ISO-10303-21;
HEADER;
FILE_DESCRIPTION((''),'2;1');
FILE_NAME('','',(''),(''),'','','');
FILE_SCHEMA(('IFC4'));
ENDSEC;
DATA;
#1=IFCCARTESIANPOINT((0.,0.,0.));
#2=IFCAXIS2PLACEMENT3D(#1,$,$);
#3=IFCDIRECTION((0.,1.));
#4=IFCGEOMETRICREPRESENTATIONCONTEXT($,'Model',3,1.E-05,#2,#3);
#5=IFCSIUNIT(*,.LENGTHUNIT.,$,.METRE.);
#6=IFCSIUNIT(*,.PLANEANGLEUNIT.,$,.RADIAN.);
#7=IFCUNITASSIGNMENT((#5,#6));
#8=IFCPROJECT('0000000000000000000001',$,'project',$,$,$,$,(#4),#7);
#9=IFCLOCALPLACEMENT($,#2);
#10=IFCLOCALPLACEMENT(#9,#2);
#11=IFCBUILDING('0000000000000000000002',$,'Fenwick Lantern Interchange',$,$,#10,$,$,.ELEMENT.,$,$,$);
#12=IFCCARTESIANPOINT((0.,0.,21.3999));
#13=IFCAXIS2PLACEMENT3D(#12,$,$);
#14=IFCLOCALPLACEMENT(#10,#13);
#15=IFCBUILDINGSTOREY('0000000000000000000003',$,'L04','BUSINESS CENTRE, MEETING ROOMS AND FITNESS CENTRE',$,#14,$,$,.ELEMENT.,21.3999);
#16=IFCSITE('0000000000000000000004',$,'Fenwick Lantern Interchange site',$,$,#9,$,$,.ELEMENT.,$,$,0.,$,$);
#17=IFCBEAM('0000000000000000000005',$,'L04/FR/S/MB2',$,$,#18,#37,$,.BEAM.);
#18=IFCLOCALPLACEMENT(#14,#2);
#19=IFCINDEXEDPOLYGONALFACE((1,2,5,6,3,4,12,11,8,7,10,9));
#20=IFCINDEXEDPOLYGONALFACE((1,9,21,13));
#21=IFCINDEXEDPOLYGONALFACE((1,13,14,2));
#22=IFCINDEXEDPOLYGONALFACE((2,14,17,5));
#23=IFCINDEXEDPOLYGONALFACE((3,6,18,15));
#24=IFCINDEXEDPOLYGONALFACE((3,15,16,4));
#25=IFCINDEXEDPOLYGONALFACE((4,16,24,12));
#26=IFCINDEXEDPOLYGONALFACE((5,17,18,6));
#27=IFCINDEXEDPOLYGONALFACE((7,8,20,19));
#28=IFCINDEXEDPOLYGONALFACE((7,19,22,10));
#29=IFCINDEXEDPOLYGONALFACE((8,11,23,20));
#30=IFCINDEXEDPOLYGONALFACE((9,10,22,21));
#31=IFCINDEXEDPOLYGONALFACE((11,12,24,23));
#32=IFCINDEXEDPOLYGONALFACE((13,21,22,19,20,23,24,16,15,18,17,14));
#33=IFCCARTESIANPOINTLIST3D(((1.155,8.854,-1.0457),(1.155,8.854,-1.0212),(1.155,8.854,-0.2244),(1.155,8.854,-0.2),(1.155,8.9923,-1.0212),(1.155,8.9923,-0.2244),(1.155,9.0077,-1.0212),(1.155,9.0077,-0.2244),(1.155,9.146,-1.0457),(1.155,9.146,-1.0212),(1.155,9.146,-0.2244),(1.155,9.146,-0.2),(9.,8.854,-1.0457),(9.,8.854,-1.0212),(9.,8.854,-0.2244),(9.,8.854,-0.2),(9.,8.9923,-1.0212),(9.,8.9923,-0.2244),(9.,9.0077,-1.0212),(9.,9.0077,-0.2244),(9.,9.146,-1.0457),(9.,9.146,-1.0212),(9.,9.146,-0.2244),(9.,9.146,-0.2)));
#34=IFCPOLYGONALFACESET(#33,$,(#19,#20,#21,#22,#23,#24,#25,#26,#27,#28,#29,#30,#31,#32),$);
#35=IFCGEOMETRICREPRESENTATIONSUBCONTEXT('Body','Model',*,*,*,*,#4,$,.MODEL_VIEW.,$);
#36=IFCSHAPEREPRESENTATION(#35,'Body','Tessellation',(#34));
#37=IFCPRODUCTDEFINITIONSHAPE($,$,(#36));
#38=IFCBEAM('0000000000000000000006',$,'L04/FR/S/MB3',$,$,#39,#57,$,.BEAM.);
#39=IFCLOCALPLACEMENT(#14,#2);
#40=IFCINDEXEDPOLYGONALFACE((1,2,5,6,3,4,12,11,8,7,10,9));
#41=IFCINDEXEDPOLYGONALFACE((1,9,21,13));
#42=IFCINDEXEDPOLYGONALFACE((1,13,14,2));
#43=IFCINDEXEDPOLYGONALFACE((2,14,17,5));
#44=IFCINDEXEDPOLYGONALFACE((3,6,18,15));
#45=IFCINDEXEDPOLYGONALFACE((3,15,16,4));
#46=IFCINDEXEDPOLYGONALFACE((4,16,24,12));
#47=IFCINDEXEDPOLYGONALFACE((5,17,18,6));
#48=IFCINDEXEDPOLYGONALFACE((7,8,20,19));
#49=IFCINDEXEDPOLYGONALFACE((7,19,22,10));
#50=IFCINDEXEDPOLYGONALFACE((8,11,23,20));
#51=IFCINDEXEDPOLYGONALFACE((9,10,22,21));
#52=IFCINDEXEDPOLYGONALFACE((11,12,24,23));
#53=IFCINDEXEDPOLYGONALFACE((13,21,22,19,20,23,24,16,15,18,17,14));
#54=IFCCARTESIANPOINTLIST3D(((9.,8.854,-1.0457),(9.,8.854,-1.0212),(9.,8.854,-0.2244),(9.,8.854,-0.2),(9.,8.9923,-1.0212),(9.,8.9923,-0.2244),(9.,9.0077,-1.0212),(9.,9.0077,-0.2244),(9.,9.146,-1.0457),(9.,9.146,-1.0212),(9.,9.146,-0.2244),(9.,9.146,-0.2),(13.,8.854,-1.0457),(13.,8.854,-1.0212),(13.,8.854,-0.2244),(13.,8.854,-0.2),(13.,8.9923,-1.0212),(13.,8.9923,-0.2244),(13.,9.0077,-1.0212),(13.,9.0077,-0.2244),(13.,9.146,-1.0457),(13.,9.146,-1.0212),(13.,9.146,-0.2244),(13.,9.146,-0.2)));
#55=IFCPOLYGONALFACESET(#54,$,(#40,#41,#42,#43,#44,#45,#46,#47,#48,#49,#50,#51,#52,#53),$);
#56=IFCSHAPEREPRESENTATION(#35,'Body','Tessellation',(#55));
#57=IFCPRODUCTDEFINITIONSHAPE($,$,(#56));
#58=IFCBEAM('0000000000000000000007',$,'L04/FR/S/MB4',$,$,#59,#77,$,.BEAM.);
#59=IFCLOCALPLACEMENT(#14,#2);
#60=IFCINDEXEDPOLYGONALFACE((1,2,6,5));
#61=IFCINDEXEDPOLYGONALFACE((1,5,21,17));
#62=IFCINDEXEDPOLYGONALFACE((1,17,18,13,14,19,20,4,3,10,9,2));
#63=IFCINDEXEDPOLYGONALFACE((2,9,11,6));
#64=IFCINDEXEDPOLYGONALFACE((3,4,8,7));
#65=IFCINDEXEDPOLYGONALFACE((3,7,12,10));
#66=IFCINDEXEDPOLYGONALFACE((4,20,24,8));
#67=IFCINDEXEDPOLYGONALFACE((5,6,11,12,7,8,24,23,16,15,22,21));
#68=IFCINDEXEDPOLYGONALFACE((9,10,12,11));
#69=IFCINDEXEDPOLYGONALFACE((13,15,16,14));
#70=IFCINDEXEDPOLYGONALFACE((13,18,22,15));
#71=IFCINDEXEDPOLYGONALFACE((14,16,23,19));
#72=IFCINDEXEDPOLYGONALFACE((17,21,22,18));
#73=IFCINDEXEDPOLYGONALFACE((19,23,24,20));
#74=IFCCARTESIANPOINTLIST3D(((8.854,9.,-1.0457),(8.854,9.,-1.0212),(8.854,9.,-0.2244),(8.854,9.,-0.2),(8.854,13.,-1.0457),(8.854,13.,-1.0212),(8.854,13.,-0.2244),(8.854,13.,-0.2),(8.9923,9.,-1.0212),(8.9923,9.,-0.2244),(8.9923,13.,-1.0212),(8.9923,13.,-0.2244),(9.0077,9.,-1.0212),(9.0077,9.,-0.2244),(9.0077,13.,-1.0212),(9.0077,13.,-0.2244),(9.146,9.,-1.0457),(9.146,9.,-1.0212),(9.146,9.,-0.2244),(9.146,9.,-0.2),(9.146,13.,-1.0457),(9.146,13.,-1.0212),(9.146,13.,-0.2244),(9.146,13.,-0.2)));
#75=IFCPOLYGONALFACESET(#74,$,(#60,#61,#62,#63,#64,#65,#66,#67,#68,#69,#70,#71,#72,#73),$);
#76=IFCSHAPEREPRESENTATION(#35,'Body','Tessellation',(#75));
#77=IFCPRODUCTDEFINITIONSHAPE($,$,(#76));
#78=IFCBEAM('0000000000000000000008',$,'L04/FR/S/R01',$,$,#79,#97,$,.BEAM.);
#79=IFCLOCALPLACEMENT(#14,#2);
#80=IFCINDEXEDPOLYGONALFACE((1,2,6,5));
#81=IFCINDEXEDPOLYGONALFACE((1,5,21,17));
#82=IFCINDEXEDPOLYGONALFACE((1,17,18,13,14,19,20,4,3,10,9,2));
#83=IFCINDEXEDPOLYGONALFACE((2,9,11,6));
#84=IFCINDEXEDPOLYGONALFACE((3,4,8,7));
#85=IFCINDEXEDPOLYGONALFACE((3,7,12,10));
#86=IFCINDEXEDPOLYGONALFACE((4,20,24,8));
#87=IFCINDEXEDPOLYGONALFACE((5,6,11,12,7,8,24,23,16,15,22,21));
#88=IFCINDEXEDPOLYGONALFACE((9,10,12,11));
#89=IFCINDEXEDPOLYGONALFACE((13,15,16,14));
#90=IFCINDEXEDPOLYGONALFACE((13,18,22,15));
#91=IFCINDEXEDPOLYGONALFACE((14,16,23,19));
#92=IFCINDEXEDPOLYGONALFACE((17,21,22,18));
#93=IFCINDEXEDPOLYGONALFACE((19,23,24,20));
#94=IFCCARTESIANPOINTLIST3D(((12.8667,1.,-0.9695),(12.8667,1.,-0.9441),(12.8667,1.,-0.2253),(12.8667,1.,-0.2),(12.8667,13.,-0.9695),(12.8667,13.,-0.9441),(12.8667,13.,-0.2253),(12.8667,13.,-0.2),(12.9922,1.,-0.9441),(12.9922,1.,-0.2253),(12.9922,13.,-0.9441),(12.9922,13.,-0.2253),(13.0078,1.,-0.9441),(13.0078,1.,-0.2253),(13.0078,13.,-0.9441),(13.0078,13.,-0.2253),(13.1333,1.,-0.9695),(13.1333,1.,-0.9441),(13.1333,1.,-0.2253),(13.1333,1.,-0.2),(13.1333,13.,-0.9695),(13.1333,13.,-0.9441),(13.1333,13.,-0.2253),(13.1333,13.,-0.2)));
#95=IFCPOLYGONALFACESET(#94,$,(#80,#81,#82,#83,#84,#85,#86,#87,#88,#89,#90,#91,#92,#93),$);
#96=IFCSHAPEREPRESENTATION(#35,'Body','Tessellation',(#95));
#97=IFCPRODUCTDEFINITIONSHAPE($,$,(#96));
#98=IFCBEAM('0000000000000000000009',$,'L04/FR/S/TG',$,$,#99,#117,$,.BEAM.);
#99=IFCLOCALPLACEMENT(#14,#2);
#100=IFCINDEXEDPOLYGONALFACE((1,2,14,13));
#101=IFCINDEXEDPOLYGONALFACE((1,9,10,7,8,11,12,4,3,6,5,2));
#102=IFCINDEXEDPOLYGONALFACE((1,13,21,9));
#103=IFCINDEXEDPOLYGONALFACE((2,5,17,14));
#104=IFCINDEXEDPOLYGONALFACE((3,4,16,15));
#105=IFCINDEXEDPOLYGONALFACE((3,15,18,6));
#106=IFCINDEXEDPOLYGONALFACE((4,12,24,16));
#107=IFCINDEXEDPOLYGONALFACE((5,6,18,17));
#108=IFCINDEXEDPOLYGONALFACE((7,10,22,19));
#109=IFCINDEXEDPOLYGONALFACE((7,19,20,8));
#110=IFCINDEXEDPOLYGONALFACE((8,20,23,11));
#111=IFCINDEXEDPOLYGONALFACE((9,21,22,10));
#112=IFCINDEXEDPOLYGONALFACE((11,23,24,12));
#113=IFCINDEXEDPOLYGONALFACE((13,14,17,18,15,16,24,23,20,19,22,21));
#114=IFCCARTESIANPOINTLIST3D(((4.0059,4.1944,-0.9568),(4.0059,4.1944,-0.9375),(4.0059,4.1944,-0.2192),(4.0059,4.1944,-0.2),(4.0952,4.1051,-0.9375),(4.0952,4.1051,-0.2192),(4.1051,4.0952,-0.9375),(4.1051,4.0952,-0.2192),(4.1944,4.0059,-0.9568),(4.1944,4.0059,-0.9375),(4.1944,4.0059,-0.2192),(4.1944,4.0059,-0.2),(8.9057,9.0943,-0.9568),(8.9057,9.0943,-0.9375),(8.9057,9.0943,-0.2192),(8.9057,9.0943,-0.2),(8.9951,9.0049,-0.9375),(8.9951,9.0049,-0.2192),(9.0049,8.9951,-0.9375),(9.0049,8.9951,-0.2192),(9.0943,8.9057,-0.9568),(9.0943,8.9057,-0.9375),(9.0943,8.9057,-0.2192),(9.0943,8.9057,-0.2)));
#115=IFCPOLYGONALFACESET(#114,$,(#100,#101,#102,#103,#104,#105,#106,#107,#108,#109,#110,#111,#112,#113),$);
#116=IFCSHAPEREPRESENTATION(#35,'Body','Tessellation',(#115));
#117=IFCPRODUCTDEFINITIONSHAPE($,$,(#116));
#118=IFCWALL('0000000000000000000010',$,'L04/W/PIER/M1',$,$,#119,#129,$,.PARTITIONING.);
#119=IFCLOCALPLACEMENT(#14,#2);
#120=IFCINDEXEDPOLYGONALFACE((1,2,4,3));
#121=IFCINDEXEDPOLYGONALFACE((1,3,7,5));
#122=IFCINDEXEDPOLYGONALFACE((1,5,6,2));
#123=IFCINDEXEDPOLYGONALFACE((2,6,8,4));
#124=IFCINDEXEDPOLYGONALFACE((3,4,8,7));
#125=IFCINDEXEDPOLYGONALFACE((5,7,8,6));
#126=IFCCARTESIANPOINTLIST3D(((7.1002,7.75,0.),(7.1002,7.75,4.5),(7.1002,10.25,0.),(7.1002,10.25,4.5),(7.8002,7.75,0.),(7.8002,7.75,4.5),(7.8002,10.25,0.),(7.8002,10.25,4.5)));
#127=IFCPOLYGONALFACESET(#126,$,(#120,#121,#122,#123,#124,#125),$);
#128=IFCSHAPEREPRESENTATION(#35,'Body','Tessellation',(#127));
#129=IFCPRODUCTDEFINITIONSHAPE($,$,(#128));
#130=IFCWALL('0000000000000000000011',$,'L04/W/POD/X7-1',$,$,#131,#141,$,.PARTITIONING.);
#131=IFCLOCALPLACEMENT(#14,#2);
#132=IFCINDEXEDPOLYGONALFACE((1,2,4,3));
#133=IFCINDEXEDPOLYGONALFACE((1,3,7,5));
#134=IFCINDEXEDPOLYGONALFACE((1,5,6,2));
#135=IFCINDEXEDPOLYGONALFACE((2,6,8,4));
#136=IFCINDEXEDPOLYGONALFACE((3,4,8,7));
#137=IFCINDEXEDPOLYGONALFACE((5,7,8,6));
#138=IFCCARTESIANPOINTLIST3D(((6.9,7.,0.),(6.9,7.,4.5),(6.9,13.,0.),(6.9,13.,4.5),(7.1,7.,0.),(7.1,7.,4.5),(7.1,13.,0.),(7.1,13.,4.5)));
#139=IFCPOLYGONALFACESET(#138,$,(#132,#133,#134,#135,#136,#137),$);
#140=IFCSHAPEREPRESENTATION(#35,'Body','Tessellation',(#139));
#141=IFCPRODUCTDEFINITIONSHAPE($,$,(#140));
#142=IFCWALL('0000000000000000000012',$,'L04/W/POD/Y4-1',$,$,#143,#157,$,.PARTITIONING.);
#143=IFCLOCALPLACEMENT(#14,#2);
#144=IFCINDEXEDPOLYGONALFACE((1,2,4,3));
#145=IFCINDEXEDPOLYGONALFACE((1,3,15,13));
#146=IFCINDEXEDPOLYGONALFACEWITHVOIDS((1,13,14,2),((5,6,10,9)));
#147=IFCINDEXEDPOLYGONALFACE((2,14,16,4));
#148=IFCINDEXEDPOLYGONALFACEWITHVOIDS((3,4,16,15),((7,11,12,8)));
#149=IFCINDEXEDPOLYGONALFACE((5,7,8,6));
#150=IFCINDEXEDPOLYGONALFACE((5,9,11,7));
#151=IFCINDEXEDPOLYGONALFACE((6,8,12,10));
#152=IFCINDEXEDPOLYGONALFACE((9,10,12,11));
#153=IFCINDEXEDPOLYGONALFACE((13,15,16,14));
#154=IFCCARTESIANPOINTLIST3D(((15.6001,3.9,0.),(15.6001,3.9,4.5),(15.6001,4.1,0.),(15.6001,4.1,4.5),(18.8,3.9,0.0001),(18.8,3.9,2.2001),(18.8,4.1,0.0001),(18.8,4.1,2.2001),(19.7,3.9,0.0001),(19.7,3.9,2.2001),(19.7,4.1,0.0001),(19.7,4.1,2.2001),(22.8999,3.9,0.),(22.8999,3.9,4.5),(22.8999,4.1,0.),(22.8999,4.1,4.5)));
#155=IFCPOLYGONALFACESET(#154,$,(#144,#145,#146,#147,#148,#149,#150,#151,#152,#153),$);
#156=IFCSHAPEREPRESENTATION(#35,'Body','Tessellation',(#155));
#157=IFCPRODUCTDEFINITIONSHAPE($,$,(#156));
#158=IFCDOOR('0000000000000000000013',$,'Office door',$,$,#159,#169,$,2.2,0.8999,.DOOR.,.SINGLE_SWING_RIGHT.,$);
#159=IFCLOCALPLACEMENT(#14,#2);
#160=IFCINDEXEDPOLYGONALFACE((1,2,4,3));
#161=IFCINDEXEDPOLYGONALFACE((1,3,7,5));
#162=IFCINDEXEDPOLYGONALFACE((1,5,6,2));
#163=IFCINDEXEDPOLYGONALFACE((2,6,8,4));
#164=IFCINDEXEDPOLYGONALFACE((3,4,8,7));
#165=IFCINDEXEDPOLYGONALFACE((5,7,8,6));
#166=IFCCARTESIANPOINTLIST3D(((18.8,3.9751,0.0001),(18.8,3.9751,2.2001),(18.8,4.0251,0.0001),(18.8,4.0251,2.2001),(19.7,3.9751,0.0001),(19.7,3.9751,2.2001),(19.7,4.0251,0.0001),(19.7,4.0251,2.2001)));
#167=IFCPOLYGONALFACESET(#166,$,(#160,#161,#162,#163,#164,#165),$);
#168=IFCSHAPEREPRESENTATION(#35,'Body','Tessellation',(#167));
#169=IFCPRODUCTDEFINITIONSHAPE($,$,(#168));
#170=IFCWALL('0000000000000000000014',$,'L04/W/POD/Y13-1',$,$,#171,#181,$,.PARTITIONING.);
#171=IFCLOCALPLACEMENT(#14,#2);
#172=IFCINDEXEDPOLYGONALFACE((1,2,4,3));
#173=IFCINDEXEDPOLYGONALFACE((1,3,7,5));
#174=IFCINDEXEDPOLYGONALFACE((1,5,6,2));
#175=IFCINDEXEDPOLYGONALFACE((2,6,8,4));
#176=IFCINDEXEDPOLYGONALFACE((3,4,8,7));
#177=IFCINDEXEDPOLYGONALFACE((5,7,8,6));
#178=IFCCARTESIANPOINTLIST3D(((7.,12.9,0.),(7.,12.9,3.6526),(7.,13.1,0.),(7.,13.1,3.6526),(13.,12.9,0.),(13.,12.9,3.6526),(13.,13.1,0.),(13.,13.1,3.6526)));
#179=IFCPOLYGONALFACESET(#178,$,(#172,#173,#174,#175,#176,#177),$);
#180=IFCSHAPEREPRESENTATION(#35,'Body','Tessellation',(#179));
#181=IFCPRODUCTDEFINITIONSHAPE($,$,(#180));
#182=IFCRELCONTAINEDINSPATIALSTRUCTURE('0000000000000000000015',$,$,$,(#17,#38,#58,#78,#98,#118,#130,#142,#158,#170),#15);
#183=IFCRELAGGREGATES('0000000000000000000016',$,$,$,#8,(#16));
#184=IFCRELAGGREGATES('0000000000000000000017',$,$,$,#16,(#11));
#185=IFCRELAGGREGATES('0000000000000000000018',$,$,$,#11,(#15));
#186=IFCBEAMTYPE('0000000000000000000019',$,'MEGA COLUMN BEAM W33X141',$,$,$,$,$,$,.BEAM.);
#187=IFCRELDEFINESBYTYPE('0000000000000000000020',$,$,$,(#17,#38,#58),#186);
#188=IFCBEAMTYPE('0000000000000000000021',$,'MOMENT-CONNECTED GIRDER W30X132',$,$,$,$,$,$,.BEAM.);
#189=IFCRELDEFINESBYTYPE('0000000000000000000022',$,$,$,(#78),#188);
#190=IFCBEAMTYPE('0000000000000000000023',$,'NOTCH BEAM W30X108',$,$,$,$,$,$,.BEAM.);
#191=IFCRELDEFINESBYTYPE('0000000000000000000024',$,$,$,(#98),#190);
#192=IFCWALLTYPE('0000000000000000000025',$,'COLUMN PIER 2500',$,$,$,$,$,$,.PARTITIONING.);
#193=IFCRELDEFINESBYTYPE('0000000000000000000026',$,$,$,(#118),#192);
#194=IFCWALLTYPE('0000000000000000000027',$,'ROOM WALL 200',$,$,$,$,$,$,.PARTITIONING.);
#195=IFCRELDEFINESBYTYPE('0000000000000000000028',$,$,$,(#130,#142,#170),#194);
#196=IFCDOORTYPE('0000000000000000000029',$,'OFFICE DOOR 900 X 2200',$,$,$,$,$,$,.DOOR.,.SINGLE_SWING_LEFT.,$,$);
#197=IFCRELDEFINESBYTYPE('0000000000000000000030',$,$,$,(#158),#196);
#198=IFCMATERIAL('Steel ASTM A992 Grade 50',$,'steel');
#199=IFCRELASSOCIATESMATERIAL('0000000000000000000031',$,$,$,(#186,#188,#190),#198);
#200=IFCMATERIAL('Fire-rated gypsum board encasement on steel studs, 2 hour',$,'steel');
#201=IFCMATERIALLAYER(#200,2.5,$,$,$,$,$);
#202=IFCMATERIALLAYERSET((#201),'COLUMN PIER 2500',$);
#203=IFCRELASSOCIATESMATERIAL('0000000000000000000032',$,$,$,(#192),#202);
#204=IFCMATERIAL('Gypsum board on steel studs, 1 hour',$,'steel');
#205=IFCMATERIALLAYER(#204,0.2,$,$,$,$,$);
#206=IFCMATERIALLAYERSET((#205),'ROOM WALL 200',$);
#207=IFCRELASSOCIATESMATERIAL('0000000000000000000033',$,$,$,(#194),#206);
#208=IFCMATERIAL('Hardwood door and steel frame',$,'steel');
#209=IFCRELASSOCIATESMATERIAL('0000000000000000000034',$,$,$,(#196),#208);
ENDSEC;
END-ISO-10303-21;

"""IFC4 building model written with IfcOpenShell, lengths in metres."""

from ifc_helpers import new_model, si_unit, direction, frame, frame_2d, origin, origin_2d, place, context, subcontext, project, spatial, rectangle, i_section, extrude, material, layer, layer_set, material_profile, profile_set, type_object, element, fill, save


model = new_model("IFC4")

# Units and contexts
model_context = context("Model", 3, precision=1e-05, world=origin(), true_north=direction((0.0, 1.0)))
body_context = subcontext(model_context, "Body", "Model", "MODEL_VIEW")
ifc_project = project(units=[si_unit("LENGTHUNIT", "METRE"), si_unit("PLANEANGLEUNIT", "RADIAN")], contexts=[model_context])

# Site, building, storey
site_placement = place(None, origin())
site = spatial("IfcSite", under=ifc_project, at=site_placement, Name="Fenwick Lantern Interchange site", CompositionType="ELEMENT", RefElevation=0.0)
building_placement = place(site_placement, origin())
building = spatial("IfcBuilding", under=site, at=building_placement, Name="Fenwick Lantern Interchange", CompositionType="ELEMENT")
storey_placement = place(building_placement, frame((0.0, 0.0, 21.3999)))
storey = spatial("IfcBuildingStorey", under=building, at=storey_placement, Name="L04", Description="BUSINESS CENTRE, MEETING ROOMS AND FITNESS CENTRE", CompositionType="ELEMENT", Elevation=21.3999)

# Beams
ifc_material_1 = material(Name="Steel ASTM A992 Grade 50", Category="steel")
ifc_material_profile_1 = material_profile(ifc_material_1, i_section(OverallWidth=0.292, OverallDepth=0.8457, WebThickness=0.0154, FlangeThickness=0.0244, at=origin_2d()), Name="W33X141")
ifc_profile_set_1 = profile_set([ifc_material_profile_1], Name="Steel ASTM A992 Grade 50")
beam_type_1 = type_object("IfcBeamType", Name="MEGA COLUMN BEAM W33X141", PredefinedType="BEAM", material=ifc_profile_set_1)
for number, where, z_axis, x_axis, name in (
    (1, (9.0, 9.0, -0.6228), (-1.0, 0.0, 0.0), (0.0, -1.0, 0.0), "L04/FR/S/MB2"),
):
    element("IfcBeam", number, at=place(storey_placement, frame(where, z_axis=z_axis, x_axis=x_axis)), inside=storey, type_object=beam_type_1, Name=name, PredefinedType="BEAM", context=body_context, shape_type="SweptSolid", body=[
        extrude(i_section(OverallWidth=0.292, OverallDepth=0.8457, WebThickness=0.0154, FlangeThickness=0.0244, at=origin_2d()), origin(), (0.0, 0.0, 1.0), 7.845),
    ])
for number, where, z_axis, x_axis, name in (
    (2, (9.0, 9.0, -0.6228), (1.0, 0.0, 0.0), (0.0, 1.0, 0.0), "L04/FR/S/MB3"),
    (3, (9.0, 9.0, -0.6228), (0.0, 1.0, 0.0), (-1.0, 0.0, 0.0), "L04/FR/S/MB4"),
):
    element("IfcBeam", number, at=place(storey_placement, frame(where, z_axis=z_axis, x_axis=x_axis)), inside=storey, type_object=beam_type_1, Name=name, PredefinedType="BEAM", context=body_context, shape_type="SweptSolid", body=[
        extrude(i_section(OverallWidth=0.292, OverallDepth=0.8457, WebThickness=0.0154, FlangeThickness=0.0244, at=origin_2d()), origin(), (0.0, 0.0, 1.0), 4.0),
    ])
ifc_material_profile_2 = material_profile(ifc_material_1, i_section(OverallWidth=0.2666, OverallDepth=0.7695, WebThickness=0.0156, FlangeThickness=0.0254, at=origin_2d()), Name="W30X132")
ifc_profile_set_2 = profile_set([ifc_material_profile_2], Name="Steel ASTM A992 Grade 50")
beam_type_2 = type_object("IfcBeamType", Name="MOMENT-CONNECTED GIRDER W30X132", PredefinedType="BEAM", material=ifc_profile_set_2)
beam_1_placement = place(storey_placement, frame((13.0, 1.0, -0.5847), z_axis=(0.0, 1.0, 0.0), x_axis=(-1.0, 0.0, 0.0)))
element("IfcBeam", 4, at=beam_1_placement, inside=storey, type_object=beam_type_2, Name="L04/FR/S/R01", PredefinedType="BEAM", context=body_context, shape_type="SweptSolid", body=[
    extrude(i_section(OverallWidth=0.2666, OverallDepth=0.7695, WebThickness=0.0156, FlangeThickness=0.0254, at=origin_2d()), origin(), (0.0, 0.0, 1.0), 12.0),
])
ifc_material_profile_3 = material_profile(ifc_material_1, i_section(OverallWidth=0.2666, OverallDepth=0.7568, WebThickness=0.0139, FlangeThickness=0.0193, at=origin_2d()), Name="W30X108")
ifc_profile_set_3 = profile_set([ifc_material_profile_3], Name="Steel ASTM A992 Grade 50")
beam_type_3 = type_object("IfcBeamType", Name="NOTCH BEAM W30X108", PredefinedType="BEAM", material=ifc_profile_set_3)
beam_2_placement = place(storey_placement, frame((9.0, 9.0, -0.5784), z_axis=(-0.707107, -0.707107, 0.0), x_axis=(0.707107, -0.707107, 0.0)))
element("IfcBeam", 5, at=beam_2_placement, inside=storey, type_object=beam_type_3, Name="L04/FR/S/TG", PredefinedType="BEAM", context=body_context, shape_type="SweptSolid", body=[
    extrude(i_section(OverallWidth=0.2666, OverallDepth=0.7568, WebThickness=0.0139, FlangeThickness=0.0193, at=origin_2d()), origin(), (0.0, 0.0, 1.0), 6.9294),
])

# Wall
ifc_material_2 = material(Name="Fire-rated gypsum board encasement on steel studs, 2 hour", Category="steel")
ifc_layer_1 = layer(ifc_material_2, 2.5)
ifc_layer_set_1 = layer_set([ifc_layer_1], Name="COLUMN PIER 2500")
wall_type_1 = type_object("IfcWallType", Name="COLUMN PIER 2500", PredefinedType="PARTITIONING", material=ifc_layer_set_1)
wall_1_placement = place(storey_placement, frame((7.1001, 9.0, 0.0), z_axis=(0.0, 0.0, 1.0), x_axis=(1.0, 0.0, 0.0)))
element("IfcWall", 6, at=wall_1_placement, inside=storey, type_object=wall_type_1, Name="L04/W/PIER/M1", PredefinedType="PARTITIONING", context=body_context, shape_type="SweptSolid", body=[
    extrude(rectangle(XDim=0.7, YDim=2.5, at=frame_2d((0.3501, 0.0))), origin(), (0.0, 0.0, 1.0), 4.5),
])

# Shared definitions
ifc_material_3 = material(Name="Hardwood door and steel frame", Category="steel")

# Wall
ifc_material_4 = material(Name="Gypsum board on steel studs, 1 hour", Category="steel")
ifc_layer_2 = layer(ifc_material_4, 0.2)
ifc_layer_set_2 = layer_set([ifc_layer_2], Name="ROOM WALL 200")
wall_type_2 = type_object("IfcWallType", Name="ROOM WALL 200", PredefinedType="PARTITIONING", material=ifc_layer_set_2)
wall_2_placement = place(storey_placement, frame((7.0, 7.0, 0.0), z_axis=(0.0, 0.0, 1.0), x_axis=(0.0, 1.0, 0.0)))
element("IfcWall", 7, at=wall_2_placement, inside=storey, type_object=wall_type_2, Name="L04/W/POD/X7-1", PredefinedType="PARTITIONING", context=body_context, shape_type="SweptSolid", body=[
    extrude(rectangle(XDim=6.0, YDim=0.2, at=frame_2d((3.0, 0.0))), origin(), (0.0, 0.0, 1.0), 4.5),
])

# Wall, opening, door
wall_3_placement = place(storey_placement, frame((15.6001, 4.0, 0.0), z_axis=(0.0, 0.0, 1.0), x_axis=(1.0, 0.0, 0.0)))
wall_3 = element("IfcWall", 8, at=wall_3_placement, inside=storey, type_object=wall_type_2, Name="L04/W/POD/Y4-1", PredefinedType="PARTITIONING", context=body_context, shape_type="SweptSolid", body=[
    extrude(rectangle(XDim=7.2998, YDim=0.2, at=frame_2d((3.6499, 0.0))), origin(), (0.0, 0.0, 1.0), 4.5),
])
opening_1_placement = place(wall_3_placement, frame((3.2, 0.0, 0.0)))
opening_1 = element("IfcOpeningElement", 9, at=opening_1_placement, cuts=wall_3, PredefinedType="OPENING", context=body_context, shape_type="SweptSolid", body=[
    extrude(rectangle(XDim=0.8999, YDim=2.2, at=frame_2d((0.45, 1.1001))), frame((0.0, 0.1099, 0.0), z_axis=(0.0, -1.0, 0.0), x_axis=(1.0, 0.0, 0.0)), (0.0, 0.0, 1.0), 0.22),
])
door_type_1 = type_object("IfcDoorType", Name="OFFICE DOOR 900 X 2200", OperationType="SINGLE_SWING_LEFT", PredefinedType="DOOR", material=ifc_material_3)
door_1_placement = place(opening_1_placement, frame((0.8999, 0.0, 0.0), z_axis=(0.0, 0.0, 1.0), x_axis=(-1.0, 0.0, 0.0)))
door_1 = element("IfcDoor", 10, at=door_1_placement, inside=storey, type_object=door_type_1, Name="Office door", OperationType="SINGLE_SWING_RIGHT", OverallHeight=2.2, OverallWidth=0.8999, PredefinedType="DOOR", context=body_context, shape_type="SweptSolid", body=[
    extrude(rectangle(XDim=0.8999, YDim=2.2, at=frame_2d((0.45, 1.1001))), frame((0.0, 0.0249, 0.0), z_axis=(0.0, -1.0, 0.0), x_axis=(1.0, 0.0, 0.0)), (0.0, 0.0, 1.0), 0.05),
])
fill(opening_1, door_1)

# Wall
wall_4_placement = place(storey_placement, frame((7.0, 13.0, 0.0), z_axis=(0.0, 0.0, 1.0), x_axis=(1.0, 0.0, 0.0)))
element("IfcWall", 11, at=wall_4_placement, inside=storey, type_object=wall_type_2, Name="L04/W/POD/Y13-1", PredefinedType="PARTITIONING", context=body_context, shape_type="SweptSolid", body=[
    extrude(rectangle(XDim=6.0, YDim=0.2, at=frame_2d((3.0, 0.0))), origin(), (0.0, 0.0, 1.0), 3.6526),
])

save(model, "model.ifc")
